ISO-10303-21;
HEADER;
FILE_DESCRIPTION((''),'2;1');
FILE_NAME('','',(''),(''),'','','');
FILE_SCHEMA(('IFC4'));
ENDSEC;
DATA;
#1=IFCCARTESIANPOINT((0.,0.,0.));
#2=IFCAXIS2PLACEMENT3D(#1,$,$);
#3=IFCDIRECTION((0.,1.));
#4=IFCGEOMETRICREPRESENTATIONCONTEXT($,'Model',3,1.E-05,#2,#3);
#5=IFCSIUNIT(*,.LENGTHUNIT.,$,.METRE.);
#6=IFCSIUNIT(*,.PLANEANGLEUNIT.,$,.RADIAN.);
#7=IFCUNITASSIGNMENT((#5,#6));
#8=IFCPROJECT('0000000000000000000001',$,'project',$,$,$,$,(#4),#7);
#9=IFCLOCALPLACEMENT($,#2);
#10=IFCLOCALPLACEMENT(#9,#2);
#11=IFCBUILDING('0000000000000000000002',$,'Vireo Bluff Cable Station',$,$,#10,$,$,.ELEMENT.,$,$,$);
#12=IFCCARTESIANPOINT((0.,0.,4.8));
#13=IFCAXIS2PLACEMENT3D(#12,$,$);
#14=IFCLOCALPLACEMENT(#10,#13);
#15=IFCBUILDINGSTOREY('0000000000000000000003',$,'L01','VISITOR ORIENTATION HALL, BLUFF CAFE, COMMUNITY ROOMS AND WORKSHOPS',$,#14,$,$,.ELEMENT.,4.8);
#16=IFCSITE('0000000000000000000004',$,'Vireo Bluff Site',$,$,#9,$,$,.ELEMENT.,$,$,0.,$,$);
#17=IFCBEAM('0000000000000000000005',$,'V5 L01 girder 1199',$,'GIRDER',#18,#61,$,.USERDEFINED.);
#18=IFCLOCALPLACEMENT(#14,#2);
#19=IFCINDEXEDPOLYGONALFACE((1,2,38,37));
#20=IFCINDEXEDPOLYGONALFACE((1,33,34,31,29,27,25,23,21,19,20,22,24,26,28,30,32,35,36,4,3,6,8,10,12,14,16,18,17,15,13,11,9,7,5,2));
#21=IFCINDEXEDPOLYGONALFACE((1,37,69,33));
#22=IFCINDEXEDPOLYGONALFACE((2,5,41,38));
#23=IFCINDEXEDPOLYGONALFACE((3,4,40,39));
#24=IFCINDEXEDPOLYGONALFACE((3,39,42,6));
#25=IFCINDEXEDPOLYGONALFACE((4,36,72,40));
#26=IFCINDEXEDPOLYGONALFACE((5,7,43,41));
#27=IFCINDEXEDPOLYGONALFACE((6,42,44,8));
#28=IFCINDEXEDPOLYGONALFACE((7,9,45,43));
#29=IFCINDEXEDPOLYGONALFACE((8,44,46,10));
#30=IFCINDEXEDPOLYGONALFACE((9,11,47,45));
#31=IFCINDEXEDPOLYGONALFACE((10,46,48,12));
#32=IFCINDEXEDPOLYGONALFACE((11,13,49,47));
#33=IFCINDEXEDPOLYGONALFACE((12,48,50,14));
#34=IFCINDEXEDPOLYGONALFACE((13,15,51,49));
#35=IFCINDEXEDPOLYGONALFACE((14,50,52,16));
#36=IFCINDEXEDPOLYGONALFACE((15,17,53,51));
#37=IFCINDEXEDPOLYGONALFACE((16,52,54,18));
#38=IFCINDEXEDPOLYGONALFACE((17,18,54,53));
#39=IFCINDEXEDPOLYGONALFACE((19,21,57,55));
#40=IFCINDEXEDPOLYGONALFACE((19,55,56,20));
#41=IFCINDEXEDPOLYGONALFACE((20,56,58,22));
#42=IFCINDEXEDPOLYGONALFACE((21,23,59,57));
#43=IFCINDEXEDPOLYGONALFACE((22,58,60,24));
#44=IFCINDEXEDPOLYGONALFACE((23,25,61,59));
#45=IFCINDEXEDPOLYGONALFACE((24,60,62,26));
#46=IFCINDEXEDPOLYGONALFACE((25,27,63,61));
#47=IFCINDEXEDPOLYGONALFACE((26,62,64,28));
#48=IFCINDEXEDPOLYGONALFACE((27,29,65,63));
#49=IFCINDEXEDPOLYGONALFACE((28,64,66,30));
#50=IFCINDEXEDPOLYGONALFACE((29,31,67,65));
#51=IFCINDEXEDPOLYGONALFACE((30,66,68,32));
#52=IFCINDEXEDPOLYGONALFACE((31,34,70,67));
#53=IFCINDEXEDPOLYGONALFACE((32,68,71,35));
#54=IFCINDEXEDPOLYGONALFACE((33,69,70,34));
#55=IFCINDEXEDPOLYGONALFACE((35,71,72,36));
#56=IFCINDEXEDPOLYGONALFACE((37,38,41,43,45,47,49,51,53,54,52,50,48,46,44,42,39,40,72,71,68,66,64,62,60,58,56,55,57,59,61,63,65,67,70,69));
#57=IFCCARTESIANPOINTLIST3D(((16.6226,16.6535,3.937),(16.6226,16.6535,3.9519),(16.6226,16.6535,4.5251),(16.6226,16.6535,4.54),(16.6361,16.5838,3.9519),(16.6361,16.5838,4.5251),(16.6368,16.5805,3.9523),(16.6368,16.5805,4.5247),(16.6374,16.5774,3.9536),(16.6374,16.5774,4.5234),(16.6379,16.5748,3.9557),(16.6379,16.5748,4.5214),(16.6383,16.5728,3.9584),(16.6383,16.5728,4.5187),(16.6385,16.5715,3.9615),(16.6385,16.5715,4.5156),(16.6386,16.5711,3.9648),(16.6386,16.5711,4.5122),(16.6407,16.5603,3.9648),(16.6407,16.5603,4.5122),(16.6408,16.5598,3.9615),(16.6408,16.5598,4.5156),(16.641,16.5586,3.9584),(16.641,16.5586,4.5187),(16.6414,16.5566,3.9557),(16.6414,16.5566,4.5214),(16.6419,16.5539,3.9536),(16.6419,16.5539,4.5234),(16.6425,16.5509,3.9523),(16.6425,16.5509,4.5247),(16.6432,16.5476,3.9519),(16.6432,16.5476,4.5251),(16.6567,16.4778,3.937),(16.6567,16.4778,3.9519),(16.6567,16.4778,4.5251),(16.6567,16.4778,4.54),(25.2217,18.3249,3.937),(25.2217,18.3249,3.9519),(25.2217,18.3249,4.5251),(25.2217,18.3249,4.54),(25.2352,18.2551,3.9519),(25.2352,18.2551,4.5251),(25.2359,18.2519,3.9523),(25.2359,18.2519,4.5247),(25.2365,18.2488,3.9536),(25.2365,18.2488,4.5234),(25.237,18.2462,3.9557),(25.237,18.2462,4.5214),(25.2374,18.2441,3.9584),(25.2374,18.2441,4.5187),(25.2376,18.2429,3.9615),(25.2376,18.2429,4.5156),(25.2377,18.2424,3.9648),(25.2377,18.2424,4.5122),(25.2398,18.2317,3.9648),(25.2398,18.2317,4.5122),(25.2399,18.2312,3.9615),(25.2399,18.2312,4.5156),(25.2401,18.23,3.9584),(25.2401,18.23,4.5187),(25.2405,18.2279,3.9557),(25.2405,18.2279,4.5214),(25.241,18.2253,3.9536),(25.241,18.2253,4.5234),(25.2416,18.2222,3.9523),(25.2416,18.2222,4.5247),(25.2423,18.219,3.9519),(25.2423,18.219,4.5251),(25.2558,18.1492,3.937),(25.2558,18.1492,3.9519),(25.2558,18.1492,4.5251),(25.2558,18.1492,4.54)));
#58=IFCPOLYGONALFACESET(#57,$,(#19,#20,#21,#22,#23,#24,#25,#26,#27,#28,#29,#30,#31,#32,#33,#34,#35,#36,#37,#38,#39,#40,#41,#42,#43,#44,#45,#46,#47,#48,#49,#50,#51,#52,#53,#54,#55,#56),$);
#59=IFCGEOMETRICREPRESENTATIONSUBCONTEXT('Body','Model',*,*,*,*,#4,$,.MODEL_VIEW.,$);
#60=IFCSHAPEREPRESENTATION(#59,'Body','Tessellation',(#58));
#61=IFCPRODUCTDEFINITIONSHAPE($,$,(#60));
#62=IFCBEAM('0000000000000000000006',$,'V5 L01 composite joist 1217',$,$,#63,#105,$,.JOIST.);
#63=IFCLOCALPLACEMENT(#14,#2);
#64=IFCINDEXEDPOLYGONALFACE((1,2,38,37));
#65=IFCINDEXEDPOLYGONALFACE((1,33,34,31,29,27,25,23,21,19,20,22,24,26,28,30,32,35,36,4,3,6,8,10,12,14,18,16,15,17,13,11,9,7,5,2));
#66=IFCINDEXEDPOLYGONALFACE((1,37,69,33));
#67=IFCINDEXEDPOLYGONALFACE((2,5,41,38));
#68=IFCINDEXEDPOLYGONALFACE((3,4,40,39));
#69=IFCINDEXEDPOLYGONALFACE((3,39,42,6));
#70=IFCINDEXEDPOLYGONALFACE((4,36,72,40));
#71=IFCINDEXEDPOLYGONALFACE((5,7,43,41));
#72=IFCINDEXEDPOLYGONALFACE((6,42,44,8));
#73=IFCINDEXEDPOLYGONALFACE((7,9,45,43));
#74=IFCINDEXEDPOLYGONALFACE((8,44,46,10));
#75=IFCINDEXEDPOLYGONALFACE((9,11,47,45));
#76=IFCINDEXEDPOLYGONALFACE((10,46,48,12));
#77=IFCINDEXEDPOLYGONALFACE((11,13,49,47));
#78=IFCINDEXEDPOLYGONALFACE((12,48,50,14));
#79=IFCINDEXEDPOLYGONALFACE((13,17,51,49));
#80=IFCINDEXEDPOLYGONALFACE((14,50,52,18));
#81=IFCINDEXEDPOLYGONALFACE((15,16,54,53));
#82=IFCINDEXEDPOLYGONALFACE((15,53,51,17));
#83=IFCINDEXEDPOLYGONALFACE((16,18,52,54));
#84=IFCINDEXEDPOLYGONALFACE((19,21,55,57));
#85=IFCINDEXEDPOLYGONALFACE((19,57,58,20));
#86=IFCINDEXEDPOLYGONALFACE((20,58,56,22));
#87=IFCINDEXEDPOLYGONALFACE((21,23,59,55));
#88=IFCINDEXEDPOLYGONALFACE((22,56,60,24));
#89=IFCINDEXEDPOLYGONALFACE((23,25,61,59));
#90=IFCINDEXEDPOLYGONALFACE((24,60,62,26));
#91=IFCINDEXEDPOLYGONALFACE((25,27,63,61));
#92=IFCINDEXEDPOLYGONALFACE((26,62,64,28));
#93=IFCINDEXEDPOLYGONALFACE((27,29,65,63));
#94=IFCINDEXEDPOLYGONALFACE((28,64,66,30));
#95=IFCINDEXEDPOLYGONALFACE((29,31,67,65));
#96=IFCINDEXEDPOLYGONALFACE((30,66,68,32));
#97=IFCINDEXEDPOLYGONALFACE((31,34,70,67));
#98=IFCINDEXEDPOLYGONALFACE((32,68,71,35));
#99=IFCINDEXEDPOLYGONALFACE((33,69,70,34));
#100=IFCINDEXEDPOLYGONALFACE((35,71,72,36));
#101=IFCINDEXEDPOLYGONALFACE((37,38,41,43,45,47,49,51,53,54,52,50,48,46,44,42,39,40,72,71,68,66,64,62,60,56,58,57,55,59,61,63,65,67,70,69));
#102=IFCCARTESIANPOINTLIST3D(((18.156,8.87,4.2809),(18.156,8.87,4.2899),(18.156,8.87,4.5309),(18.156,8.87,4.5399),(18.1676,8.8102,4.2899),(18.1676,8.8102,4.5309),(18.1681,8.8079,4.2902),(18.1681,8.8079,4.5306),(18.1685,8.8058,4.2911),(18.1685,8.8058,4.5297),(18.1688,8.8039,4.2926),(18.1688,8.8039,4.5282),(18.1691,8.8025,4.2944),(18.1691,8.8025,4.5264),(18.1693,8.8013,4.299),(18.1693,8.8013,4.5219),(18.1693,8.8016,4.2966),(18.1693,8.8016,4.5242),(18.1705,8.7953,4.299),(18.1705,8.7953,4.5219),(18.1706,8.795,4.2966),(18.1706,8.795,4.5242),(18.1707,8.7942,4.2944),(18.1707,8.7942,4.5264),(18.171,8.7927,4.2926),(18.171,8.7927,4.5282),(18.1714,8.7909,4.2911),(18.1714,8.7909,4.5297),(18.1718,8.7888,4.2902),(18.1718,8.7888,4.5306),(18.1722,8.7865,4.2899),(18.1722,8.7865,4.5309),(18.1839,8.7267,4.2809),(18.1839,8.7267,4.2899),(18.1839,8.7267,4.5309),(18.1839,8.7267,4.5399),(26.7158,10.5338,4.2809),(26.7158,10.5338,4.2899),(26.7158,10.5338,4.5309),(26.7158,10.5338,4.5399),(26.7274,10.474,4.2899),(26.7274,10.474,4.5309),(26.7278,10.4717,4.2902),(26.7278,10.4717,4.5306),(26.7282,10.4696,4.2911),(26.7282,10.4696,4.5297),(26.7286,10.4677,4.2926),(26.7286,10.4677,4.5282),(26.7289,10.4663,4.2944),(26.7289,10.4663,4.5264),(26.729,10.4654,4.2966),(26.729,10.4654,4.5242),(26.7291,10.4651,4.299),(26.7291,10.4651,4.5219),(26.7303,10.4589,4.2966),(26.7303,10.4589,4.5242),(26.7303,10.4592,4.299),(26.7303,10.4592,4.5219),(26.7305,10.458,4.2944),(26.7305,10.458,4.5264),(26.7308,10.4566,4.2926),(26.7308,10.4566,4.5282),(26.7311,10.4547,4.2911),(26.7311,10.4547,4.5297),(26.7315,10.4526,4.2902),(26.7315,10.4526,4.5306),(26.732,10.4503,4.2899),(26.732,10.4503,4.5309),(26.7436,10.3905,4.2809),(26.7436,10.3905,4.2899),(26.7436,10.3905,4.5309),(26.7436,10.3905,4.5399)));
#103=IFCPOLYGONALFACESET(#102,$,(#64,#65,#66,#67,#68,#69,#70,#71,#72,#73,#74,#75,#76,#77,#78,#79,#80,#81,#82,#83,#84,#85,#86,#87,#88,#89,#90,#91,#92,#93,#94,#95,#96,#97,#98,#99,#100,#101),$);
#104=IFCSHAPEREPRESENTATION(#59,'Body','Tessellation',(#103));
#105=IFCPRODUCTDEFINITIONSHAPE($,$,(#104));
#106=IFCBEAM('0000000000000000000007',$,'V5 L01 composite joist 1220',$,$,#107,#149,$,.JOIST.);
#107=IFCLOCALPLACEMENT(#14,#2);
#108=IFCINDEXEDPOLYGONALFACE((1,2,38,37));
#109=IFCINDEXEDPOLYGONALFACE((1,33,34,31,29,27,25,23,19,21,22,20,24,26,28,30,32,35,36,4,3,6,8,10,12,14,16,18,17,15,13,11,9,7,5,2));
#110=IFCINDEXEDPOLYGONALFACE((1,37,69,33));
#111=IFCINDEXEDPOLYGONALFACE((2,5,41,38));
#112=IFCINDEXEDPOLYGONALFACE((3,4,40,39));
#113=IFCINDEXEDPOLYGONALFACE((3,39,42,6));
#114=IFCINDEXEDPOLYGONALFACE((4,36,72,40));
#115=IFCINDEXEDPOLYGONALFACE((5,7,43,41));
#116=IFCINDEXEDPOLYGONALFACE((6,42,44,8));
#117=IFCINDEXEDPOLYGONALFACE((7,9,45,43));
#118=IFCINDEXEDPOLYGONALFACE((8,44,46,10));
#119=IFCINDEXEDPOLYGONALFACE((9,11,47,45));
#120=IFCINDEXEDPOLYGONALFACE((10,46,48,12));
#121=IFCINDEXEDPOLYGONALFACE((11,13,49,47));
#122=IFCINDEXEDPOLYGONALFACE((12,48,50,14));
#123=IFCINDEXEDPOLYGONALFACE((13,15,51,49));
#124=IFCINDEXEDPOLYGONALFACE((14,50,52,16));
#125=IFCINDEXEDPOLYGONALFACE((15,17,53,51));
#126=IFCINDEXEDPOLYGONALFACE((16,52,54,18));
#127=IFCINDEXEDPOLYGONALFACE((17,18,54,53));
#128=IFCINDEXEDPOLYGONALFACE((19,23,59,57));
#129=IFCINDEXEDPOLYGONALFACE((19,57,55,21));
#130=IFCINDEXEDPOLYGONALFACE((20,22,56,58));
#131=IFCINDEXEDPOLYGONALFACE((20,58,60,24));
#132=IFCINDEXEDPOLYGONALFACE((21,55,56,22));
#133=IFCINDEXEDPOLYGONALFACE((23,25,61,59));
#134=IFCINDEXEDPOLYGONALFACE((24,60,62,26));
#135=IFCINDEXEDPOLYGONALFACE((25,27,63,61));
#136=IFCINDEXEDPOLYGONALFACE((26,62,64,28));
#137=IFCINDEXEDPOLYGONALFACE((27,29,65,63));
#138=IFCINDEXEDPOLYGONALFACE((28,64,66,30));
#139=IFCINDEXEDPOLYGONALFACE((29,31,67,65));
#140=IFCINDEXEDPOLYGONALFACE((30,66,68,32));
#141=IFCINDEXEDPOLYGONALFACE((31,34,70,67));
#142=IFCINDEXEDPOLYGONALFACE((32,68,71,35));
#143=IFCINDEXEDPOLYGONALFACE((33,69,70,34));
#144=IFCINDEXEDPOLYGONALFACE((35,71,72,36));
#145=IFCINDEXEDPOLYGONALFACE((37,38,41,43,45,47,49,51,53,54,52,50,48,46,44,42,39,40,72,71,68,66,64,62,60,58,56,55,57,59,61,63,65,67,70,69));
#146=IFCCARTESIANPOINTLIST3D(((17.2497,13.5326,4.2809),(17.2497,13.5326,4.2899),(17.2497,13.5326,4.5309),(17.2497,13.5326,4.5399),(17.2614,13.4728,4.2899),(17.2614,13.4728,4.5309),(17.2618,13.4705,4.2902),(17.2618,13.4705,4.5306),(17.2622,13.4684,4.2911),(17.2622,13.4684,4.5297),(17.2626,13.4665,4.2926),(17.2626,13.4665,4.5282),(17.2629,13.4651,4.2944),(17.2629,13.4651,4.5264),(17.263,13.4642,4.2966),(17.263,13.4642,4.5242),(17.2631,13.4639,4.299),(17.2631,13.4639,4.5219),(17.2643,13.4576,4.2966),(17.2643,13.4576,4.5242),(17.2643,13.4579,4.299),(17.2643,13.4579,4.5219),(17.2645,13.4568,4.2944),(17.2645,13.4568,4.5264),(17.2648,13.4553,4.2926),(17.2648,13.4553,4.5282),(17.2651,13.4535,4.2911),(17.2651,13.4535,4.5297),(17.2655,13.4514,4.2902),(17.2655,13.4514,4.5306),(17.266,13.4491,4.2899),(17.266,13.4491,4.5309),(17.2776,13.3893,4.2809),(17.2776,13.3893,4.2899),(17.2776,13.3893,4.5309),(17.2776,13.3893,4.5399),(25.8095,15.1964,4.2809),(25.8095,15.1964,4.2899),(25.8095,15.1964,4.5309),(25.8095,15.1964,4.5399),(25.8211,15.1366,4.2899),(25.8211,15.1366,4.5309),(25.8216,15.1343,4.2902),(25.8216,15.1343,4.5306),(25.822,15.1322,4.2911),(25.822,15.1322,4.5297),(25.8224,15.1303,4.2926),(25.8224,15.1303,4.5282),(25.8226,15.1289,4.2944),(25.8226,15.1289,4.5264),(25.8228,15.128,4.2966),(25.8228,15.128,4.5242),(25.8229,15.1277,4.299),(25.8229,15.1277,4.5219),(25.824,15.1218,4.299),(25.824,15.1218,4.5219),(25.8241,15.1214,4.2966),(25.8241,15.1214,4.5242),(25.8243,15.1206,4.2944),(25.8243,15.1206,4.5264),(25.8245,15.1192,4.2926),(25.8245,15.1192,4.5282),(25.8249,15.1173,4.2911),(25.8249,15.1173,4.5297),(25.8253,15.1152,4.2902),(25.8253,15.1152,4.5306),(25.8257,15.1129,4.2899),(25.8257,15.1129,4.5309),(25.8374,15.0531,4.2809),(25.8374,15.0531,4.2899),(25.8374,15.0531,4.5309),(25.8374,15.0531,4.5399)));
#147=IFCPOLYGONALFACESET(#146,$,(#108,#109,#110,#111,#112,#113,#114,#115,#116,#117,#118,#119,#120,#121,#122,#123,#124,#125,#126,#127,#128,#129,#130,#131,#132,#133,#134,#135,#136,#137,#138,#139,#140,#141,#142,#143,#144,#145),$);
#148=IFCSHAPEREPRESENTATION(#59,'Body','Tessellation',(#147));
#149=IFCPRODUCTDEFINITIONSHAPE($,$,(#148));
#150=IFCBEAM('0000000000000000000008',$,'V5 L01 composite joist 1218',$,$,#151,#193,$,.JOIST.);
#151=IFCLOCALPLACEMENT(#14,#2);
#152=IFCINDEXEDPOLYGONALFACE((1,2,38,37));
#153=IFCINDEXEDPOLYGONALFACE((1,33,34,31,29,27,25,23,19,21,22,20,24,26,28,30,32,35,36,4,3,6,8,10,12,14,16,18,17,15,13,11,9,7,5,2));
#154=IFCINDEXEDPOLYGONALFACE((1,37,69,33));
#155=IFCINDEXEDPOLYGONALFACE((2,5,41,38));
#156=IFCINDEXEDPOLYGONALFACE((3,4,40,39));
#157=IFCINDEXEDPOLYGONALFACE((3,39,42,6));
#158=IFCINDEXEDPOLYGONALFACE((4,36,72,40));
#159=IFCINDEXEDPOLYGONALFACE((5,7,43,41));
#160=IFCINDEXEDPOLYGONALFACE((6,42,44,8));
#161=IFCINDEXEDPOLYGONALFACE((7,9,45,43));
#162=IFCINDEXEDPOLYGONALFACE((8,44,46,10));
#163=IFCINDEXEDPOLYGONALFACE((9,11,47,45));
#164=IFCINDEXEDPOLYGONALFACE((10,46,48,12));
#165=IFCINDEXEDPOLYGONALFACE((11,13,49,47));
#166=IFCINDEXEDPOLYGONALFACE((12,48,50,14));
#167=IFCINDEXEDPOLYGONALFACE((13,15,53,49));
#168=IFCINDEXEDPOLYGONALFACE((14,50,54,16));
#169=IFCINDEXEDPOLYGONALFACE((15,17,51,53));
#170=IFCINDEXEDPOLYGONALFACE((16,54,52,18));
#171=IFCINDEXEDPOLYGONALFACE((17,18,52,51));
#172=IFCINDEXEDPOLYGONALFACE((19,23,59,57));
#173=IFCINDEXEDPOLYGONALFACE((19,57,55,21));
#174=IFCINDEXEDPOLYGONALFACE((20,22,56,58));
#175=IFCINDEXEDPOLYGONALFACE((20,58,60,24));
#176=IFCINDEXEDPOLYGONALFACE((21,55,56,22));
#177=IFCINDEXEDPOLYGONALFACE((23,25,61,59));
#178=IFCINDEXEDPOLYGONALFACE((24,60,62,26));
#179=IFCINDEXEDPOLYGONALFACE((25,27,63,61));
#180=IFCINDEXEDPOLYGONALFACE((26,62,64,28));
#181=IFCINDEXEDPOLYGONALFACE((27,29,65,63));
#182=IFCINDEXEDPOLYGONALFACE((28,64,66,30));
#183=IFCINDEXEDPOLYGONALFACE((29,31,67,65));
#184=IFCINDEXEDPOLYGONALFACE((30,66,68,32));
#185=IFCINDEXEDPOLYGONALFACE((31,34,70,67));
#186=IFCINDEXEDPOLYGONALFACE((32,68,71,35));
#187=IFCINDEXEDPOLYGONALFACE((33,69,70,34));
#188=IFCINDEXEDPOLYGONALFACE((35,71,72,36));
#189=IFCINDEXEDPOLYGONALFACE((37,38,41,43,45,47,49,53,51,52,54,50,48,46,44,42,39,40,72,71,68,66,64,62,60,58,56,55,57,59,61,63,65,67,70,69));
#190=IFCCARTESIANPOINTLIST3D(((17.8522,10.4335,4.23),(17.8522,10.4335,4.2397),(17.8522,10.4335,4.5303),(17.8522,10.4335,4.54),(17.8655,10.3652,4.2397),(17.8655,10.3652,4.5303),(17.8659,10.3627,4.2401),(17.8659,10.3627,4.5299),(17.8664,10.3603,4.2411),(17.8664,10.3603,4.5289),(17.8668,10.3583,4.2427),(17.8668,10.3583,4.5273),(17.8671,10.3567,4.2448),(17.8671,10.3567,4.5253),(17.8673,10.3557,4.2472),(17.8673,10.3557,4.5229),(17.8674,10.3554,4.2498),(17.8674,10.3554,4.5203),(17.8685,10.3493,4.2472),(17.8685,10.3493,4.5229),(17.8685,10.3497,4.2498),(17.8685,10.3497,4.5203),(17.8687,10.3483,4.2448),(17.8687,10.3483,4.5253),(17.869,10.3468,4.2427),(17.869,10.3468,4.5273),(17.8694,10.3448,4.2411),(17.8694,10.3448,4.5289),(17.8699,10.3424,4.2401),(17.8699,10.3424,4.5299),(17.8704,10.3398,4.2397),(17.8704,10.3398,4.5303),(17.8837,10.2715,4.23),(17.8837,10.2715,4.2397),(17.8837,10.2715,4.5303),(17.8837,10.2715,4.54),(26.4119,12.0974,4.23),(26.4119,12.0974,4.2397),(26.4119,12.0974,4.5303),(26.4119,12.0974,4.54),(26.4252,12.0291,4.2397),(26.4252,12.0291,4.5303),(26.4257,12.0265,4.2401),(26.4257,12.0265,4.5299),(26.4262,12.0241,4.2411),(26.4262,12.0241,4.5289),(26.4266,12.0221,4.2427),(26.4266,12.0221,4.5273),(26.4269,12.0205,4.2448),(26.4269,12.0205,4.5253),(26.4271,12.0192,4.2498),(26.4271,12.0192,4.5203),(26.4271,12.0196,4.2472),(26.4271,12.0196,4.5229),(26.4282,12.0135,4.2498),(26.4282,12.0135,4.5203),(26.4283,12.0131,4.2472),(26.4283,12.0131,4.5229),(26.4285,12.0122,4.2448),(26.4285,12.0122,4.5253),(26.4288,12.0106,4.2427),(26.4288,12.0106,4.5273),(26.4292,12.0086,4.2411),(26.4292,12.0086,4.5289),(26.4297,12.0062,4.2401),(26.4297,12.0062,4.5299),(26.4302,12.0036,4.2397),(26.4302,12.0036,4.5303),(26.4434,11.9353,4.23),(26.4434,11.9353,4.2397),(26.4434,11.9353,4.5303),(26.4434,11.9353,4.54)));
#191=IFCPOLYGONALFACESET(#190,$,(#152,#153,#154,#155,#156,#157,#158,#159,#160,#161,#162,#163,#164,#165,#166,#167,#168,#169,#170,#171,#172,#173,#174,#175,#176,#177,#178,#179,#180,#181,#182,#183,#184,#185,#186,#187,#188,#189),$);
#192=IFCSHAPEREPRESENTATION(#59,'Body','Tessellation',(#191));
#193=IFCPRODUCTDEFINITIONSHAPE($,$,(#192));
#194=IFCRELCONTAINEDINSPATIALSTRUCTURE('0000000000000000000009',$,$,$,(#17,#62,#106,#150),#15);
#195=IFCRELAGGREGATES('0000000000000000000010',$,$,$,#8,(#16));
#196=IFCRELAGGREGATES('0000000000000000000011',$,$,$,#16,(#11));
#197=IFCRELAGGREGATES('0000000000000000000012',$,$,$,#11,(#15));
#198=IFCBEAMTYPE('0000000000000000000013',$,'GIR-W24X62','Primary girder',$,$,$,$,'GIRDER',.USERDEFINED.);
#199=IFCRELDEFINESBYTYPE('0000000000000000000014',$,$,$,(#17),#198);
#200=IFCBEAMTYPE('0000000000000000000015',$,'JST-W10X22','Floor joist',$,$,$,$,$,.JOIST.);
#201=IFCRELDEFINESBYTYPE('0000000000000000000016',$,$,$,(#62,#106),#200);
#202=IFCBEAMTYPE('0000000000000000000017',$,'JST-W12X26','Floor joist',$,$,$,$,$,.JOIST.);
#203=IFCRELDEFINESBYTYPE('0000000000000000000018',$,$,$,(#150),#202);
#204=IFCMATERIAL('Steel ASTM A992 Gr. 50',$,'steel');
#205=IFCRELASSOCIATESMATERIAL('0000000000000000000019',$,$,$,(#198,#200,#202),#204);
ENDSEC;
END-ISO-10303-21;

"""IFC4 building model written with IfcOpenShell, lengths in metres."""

from ifc_helpers import new_model, si_unit, direction, frame, origin, origin_2d, place, context, subcontext, project, spatial, i_section, extrude, material, material_profile, profile_set, type_object, element, save


model = new_model("IFC4")

# Units and contexts
model_context = context("Model", 3, precision=1e-05, world=origin(), true_north=direction((0.0, 1.0)))
body_context = subcontext(model_context, "Body", "Model", "MODEL_VIEW")
ifc_project = project(units=[si_unit("LENGTHUNIT", "METRE"), si_unit("PLANEANGLEUNIT", "RADIAN")], contexts=[model_context])

# Site, building, storey
site_placement = place(None, origin())
site = spatial("IfcSite", under=ifc_project, at=site_placement, Name="Vireo Bluff Site", CompositionType="ELEMENT", RefElevation=0.0)
building_placement = place(site_placement, origin())
building = spatial("IfcBuilding", under=site, at=building_placement, Name="Vireo Bluff Cable Station", CompositionType="ELEMENT")
storey_placement = place(building_placement, frame((0.0, 0.0, 4.8)))
storey = spatial("IfcBuildingStorey", under=building, at=storey_placement, Name="L01", Description="VISITOR ORIENTATION HALL, BLUFF CAFE, COMMUNITY ROOMS AND WORKSHOPS", CompositionType="ELEMENT", Elevation=4.8)

# Shared definitions
ifc_material_1 = material(Name="Steel ASTM A992 Gr. 50", Category="steel")

# Beams
ifc_material_profile_1 = material_profile(ifc_material_1, i_section(OverallWidth=0.179, OverallDepth=0.603, WebThickness=0.011, FlangeThickness=0.0149, FilletRadius=0.0129, at=origin_2d()), Name="W24X62")
ifc_profile_set_1 = profile_set([ifc_material_profile_1], Name="Steel ASTM A992 Gr. 50")
beam_type_1 = type_object("IfcBeamType", Name="GIR-W24X62", Description="Primary girder", ElementType="GIRDER", PredefinedType="USERDEFINED", material=ifc_profile_set_1)
beam_1_placement = place(storey_placement, frame((16.6396, 16.5657, 4.2385), z_axis=(0.98163, 0.190797, 0.0), x_axis=(-0.190797, 0.98163, 0.0)))
element("IfcBeam", 1, at=beam_1_placement, inside=storey, type_object=beam_type_1, Name="V5 L01 girder 1199", ObjectType="GIRDER", PredefinedType="USERDEFINED", context=body_context, shape_type="SweptSolid", body=[
    extrude(i_section(OverallWidth=0.179, OverallDepth=0.603, WebThickness=0.011, FlangeThickness=0.0149, FilletRadius=0.0129, at=origin_2d()), origin(), (0.0, 0.0, 1.0), 8.76),
])
ifc_material_profile_2 = material_profile(ifc_material_1, i_section(OverallWidth=0.146, OverallDepth=0.259, WebThickness=0.0061, FlangeThickness=0.009, FilletRadius=0.009, at=origin_2d()), Name="W10X22")
ifc_profile_set_2 = profile_set([ifc_material_profile_2], Name="Steel ASTM A992 Gr. 50")
beam_type_2 = type_object("IfcBeamType", Name="JST-W10X22", Description="Floor joist", PredefinedType="JOIST", material=ifc_profile_set_2)
for number, where, z_axis, x_axis, name in (
    (2, (18.1699, 8.7983, 4.4104), (0.981628, 0.190804, 0.0), (-0.190804, 0.981628, 0.0), "V5 L01 composite joist 1217"),
    (3, (17.2637, 13.4609, 4.4104), (0.981628, 0.190804, 0.0), (-0.190804, 0.981628, 0.0), "V5 L01 composite joist 1220"),
):
    element("IfcBeam", number, at=place(storey_placement, frame(where, z_axis=z_axis, x_axis=x_axis)), inside=storey, type_object=beam_type_2, Name=name, PredefinedType="JOIST", context=body_context, shape_type="SweptSolid", body=[
        extrude(i_section(OverallWidth=0.146, OverallDepth=0.259, WebThickness=0.0061, FlangeThickness=0.009, FilletRadius=0.009, at=origin_2d()), origin(), (0.0, 0.0, 1.0), 8.72),
    ])
ifc_material_profile_3 = material_profile(ifc_material_1, i_section(OverallWidth=0.165, OverallDepth=0.3101, WebThickness=0.0059, FlangeThickness=0.0098, FilletRadius=0.01, at=origin_2d()), Name="W12X26")
ifc_profile_set_3 = profile_set([ifc_material_profile_3], Name="Steel ASTM A992 Gr. 50")
beam_type_3 = type_object("IfcBeamType", Name="JST-W12X26", Description="Floor joist", PredefinedType="JOIST", material=ifc_profile_set_3)
for number, where, z_axis, x_axis, name in (
    (4, (17.8679, 10.3525, 4.385), (0.981628, 0.190804, 0.0), (-0.190804, 0.981628, 0.0), "V5 L01 composite joist 1218"),
):
    element("IfcBeam", number, at=place(storey_placement, frame(where, z_axis=z_axis, x_axis=x_axis)), inside=storey, type_object=beam_type_3, Name=name, PredefinedType="JOIST", context=body_context, shape_type="SweptSolid", body=[
        extrude(i_section(OverallWidth=0.165, OverallDepth=0.3101, WebThickness=0.0059, FlangeThickness=0.0098, FilletRadius=0.01, at=origin_2d()), origin(), (0.0, 0.0, 1.0), 8.72),
    ])

save(model, "model.ifc")
